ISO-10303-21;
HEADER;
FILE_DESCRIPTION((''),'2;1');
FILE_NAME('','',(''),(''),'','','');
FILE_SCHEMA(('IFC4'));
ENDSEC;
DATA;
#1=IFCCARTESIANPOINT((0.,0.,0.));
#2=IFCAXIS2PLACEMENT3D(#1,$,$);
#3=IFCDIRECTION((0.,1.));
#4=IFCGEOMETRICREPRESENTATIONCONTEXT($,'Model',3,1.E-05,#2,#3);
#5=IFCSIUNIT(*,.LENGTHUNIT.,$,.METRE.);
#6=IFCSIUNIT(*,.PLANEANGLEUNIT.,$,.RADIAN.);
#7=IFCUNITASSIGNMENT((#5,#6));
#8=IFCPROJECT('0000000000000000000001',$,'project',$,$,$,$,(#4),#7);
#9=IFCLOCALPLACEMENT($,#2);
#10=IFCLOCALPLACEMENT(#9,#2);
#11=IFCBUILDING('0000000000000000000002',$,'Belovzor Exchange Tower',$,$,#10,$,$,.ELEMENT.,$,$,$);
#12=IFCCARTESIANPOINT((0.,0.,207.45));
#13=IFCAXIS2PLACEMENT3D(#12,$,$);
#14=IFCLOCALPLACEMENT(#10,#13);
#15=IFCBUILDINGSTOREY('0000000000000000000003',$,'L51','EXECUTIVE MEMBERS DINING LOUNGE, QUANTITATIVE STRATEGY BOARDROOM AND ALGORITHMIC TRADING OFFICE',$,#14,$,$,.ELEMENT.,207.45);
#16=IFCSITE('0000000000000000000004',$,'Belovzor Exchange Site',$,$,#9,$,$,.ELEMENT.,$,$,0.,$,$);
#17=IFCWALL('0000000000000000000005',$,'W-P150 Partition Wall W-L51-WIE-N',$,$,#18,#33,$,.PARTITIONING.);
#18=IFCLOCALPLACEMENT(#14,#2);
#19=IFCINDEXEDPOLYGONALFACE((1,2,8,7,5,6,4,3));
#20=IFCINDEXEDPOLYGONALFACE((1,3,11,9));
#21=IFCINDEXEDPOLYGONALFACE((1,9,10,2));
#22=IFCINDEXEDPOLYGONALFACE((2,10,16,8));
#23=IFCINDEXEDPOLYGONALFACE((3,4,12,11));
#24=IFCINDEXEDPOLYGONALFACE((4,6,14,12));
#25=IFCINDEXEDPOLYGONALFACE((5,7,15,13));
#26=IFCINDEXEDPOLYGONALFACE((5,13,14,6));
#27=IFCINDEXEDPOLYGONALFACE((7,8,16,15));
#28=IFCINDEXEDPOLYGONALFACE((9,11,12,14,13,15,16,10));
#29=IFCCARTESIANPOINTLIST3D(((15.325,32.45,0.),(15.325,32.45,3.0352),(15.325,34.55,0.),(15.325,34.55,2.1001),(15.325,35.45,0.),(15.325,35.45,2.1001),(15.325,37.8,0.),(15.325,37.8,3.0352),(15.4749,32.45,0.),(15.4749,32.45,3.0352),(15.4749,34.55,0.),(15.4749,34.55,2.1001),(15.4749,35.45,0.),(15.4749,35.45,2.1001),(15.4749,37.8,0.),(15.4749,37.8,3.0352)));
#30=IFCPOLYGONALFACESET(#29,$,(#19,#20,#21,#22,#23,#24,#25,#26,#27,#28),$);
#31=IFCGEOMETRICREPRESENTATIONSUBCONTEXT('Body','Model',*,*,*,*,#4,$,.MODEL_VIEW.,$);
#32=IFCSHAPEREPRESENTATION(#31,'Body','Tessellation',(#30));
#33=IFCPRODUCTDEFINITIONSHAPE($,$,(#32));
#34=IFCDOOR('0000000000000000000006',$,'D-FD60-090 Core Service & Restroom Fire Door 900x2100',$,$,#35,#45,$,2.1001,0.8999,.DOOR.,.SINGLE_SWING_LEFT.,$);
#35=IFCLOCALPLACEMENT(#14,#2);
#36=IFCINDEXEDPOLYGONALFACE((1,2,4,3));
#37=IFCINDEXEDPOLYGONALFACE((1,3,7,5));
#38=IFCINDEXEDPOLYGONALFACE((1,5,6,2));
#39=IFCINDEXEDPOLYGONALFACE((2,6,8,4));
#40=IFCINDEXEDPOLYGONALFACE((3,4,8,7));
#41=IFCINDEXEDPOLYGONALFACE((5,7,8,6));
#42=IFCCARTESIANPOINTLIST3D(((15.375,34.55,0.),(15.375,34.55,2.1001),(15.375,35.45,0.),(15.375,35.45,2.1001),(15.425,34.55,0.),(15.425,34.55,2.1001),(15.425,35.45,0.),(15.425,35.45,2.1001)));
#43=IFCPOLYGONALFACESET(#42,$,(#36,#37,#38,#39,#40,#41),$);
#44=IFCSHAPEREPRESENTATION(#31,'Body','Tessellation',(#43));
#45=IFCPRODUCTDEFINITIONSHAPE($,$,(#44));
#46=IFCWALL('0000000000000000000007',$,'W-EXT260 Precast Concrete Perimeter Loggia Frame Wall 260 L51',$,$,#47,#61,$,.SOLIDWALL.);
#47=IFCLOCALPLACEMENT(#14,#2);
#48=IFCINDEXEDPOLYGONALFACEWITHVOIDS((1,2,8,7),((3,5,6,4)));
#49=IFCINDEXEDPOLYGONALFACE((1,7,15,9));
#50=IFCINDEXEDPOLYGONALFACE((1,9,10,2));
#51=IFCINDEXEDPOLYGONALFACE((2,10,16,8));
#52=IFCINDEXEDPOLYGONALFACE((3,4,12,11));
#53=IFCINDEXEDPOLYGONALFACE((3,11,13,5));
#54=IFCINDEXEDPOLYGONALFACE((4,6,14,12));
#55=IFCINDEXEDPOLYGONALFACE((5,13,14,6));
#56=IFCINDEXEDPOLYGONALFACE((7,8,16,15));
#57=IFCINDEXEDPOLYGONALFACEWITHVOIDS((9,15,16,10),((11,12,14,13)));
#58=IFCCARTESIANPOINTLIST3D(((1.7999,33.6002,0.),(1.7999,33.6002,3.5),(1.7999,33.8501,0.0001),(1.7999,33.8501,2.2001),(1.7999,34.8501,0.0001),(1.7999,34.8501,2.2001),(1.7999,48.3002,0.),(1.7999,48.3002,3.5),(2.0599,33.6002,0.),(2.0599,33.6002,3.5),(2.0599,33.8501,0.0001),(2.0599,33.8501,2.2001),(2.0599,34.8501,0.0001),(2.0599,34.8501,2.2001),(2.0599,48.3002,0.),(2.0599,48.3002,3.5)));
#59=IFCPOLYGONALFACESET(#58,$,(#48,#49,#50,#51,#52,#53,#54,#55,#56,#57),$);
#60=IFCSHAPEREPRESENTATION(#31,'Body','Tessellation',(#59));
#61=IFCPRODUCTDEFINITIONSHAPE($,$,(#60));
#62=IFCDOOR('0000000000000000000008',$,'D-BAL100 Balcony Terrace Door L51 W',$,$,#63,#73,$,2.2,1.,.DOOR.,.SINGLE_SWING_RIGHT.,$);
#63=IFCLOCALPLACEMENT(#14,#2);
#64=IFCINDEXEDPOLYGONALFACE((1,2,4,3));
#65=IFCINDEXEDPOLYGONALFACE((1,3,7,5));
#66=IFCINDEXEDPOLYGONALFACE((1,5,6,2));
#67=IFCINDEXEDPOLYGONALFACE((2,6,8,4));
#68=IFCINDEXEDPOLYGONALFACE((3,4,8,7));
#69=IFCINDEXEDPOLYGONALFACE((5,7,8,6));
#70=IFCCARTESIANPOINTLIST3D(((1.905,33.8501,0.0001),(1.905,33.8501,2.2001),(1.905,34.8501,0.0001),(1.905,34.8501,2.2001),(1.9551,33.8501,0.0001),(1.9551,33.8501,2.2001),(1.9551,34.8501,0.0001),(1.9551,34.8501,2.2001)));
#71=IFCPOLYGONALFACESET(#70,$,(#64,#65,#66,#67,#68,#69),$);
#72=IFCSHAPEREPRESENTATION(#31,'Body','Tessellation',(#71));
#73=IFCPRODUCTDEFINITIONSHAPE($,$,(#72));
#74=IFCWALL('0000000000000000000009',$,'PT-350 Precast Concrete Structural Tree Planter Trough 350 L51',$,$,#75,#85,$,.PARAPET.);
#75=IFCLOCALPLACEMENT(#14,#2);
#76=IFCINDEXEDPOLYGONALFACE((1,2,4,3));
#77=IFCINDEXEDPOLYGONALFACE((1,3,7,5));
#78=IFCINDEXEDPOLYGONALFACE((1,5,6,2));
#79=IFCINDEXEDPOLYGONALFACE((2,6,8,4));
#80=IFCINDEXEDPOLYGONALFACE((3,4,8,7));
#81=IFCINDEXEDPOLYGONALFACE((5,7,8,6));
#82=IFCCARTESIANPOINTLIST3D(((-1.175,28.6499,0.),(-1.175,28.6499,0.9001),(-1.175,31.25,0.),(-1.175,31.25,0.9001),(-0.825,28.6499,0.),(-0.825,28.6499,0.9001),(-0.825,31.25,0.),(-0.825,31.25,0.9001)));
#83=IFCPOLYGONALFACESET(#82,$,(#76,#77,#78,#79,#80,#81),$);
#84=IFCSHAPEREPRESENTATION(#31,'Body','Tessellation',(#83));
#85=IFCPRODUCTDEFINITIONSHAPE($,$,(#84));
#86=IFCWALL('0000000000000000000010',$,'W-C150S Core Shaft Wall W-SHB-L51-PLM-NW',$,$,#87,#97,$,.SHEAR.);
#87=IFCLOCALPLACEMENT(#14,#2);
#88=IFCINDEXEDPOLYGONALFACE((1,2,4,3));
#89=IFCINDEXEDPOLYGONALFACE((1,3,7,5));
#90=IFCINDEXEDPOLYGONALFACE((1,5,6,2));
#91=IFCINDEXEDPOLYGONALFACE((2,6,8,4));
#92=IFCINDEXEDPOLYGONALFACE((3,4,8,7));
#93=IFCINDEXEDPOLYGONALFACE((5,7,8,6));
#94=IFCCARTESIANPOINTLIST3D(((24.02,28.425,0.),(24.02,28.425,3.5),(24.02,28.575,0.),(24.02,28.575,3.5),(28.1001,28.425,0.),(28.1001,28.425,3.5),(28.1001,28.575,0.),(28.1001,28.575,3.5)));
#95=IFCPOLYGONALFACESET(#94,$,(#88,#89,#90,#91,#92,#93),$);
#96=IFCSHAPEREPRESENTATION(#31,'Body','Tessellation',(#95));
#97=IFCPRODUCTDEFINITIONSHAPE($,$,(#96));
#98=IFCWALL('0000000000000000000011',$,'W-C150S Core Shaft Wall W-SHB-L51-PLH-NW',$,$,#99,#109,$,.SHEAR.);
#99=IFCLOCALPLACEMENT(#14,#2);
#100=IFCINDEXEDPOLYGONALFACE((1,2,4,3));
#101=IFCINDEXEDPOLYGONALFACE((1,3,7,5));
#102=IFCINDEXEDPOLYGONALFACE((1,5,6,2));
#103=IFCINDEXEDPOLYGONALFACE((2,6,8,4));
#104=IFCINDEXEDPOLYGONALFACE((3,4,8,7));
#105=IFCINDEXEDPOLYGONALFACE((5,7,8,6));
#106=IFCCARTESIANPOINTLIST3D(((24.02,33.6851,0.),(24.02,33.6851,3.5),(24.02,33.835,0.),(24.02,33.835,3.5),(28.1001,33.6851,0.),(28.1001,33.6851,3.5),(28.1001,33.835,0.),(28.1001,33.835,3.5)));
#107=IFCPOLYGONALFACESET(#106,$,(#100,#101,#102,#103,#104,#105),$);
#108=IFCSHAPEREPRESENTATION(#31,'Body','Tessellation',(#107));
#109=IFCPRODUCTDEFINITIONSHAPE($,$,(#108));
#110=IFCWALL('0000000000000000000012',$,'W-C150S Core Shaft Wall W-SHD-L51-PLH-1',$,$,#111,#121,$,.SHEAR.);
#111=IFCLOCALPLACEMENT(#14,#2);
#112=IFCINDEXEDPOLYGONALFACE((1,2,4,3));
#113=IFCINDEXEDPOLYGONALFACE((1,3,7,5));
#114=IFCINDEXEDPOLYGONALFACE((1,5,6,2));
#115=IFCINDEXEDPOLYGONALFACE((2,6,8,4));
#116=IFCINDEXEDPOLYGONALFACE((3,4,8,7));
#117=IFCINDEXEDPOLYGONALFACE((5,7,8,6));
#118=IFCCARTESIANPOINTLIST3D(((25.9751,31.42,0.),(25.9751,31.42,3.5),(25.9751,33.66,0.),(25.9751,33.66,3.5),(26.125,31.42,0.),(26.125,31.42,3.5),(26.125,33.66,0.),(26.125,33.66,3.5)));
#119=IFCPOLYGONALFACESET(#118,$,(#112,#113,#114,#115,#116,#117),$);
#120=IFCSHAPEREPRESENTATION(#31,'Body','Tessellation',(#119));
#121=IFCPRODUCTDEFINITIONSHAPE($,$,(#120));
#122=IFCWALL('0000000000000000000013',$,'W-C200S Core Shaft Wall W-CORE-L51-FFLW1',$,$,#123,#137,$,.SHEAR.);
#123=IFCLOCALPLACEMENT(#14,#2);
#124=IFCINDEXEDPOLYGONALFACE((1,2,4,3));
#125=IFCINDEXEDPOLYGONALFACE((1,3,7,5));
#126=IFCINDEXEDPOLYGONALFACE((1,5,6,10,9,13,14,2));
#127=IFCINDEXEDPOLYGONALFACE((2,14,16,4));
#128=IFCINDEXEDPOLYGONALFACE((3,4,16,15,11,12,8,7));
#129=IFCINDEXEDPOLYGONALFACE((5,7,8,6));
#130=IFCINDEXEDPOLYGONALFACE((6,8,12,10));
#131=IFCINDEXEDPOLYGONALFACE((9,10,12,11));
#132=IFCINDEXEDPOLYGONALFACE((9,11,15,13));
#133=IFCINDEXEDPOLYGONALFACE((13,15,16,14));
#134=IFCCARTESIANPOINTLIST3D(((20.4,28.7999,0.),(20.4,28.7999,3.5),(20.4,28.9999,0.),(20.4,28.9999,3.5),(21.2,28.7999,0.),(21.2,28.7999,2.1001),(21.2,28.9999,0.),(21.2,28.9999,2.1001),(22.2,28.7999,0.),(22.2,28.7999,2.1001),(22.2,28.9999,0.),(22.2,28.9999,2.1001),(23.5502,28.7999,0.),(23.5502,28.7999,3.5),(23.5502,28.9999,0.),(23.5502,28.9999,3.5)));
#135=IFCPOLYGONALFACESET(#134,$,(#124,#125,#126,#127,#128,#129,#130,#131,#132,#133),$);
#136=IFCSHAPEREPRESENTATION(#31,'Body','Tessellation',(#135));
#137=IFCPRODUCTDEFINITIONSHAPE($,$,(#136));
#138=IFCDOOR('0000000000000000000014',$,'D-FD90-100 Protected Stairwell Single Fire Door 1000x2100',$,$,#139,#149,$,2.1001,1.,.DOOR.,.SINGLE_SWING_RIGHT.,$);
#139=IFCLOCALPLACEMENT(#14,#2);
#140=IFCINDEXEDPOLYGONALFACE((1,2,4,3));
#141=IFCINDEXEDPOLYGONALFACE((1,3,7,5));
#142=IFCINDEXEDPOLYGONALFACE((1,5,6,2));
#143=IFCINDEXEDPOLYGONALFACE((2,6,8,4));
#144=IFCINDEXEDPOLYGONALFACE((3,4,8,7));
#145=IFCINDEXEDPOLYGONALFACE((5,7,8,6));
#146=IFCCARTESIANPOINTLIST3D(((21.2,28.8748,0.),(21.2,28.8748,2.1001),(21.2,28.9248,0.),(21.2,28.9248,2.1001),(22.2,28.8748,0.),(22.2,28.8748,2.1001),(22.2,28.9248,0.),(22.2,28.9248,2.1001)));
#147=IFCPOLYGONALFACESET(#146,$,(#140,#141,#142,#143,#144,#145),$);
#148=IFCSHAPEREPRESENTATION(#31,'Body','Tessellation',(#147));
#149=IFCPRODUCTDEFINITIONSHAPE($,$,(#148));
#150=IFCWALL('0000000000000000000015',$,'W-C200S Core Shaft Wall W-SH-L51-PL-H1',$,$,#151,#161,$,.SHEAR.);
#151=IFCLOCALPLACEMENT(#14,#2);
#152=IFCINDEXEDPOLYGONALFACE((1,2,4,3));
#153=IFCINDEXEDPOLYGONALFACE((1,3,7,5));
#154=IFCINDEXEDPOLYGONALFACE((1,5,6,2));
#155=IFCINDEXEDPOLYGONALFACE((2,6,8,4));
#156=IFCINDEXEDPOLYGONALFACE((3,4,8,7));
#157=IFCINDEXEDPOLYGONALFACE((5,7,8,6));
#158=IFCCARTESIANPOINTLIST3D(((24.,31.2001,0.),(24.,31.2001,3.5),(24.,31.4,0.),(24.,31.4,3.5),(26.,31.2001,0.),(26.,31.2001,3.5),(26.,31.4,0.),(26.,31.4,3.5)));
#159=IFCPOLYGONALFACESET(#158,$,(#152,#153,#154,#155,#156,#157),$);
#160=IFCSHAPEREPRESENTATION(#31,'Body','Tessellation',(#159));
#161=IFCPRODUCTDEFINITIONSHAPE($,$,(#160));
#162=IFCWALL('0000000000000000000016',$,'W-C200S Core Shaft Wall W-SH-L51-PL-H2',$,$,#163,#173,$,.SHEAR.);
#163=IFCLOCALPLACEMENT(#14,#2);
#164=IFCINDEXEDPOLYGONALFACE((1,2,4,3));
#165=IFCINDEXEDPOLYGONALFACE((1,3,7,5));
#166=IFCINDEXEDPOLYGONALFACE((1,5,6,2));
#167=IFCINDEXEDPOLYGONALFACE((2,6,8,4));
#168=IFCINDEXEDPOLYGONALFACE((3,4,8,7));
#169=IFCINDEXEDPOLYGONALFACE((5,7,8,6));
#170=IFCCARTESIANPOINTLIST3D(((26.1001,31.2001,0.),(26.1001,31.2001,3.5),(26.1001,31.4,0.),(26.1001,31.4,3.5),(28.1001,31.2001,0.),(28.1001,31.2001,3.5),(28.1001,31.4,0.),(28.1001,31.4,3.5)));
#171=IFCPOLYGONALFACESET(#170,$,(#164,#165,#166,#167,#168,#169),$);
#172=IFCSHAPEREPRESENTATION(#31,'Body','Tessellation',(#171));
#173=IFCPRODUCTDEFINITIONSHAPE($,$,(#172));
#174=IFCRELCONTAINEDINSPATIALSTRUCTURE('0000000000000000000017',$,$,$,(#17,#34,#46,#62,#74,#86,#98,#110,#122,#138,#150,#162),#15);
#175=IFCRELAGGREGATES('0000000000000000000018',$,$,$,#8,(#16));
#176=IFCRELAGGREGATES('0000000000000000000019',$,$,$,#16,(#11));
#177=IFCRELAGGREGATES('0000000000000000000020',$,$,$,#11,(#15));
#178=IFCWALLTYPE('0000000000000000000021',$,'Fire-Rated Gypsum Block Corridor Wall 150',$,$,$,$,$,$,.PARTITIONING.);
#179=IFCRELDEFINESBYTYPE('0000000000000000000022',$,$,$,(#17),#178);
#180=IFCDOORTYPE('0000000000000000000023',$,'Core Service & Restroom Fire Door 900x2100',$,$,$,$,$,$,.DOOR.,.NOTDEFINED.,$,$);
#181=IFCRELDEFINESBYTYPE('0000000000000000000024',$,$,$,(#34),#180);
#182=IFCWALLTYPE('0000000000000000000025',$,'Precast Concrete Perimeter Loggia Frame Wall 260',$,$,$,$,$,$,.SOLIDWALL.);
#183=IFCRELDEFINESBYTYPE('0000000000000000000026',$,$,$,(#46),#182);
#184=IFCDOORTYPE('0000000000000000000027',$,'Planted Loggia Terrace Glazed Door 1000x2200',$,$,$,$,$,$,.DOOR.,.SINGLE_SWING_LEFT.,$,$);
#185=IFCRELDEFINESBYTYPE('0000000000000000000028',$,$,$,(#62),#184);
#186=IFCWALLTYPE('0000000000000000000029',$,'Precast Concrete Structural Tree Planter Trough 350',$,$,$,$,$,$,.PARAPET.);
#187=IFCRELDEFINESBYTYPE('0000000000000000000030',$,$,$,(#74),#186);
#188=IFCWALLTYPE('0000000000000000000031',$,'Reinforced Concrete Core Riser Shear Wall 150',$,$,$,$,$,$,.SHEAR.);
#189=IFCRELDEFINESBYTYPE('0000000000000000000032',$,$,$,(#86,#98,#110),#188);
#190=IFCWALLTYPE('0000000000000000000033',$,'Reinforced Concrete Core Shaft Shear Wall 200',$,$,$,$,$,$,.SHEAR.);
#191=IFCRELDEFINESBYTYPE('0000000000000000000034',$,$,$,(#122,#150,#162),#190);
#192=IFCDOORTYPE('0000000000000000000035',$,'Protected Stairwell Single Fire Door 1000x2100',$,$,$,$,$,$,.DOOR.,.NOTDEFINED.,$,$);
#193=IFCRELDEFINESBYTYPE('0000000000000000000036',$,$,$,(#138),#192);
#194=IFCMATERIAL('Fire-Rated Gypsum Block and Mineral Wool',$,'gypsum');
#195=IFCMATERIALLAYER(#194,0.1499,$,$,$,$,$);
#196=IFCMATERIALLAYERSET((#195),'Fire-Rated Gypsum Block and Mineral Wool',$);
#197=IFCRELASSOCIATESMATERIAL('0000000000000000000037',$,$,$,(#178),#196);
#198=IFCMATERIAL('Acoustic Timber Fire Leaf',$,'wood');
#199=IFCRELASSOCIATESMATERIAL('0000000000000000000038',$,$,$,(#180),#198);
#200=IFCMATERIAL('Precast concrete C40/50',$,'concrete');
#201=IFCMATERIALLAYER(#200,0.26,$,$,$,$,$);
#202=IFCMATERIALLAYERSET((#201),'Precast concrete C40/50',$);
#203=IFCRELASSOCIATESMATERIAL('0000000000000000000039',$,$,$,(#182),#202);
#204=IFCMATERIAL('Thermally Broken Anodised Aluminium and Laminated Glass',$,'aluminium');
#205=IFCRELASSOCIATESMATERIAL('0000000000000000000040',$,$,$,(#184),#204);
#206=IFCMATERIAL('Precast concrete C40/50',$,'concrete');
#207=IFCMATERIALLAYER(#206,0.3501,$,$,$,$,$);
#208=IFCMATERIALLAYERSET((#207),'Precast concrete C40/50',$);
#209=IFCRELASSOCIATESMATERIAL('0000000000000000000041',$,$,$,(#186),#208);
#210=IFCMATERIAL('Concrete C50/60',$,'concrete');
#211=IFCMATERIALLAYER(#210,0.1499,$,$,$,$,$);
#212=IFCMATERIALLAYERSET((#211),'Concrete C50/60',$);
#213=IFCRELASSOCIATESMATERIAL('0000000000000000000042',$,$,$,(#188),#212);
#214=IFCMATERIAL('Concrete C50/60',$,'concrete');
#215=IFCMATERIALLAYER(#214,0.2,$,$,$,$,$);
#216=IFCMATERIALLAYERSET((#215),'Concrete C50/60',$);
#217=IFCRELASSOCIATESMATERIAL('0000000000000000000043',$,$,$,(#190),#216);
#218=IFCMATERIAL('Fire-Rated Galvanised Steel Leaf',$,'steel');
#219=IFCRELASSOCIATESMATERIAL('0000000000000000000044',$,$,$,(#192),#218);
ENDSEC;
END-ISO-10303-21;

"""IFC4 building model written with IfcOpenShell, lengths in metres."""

from ifc_helpers import new_model, si_unit, direction, frame, frame_2d, origin, place, context, subcontext, project, spatial, rectangle, extrude, material, layer, layer_set, type_object, element, fill, save


model = new_model("IFC4")

# Units and contexts
model_context = context("Model", 3, precision=1e-05, world=origin(), true_north=direction((0.0, 1.0)))
body_context = subcontext(model_context, "Body", "Model", "MODEL_VIEW")
ifc_project = project(units=[si_unit("LENGTHUNIT", "METRE"), si_unit("PLANEANGLEUNIT", "RADIAN")], contexts=[model_context])

# Site, building, storey
site_placement = place(None, origin())
site = spatial("IfcSite", under=ifc_project, at=site_placement, Name="Belovzor Exchange Site", CompositionType="ELEMENT", RefElevation=0.0)
building_placement = place(site_placement, origin())
building = spatial("IfcBuilding", under=site, at=building_placement, Name="Belovzor Exchange Tower", CompositionType="ELEMENT")
storey_placement = place(building_placement, frame((0.0, 0.0, 207.45)))
storey = spatial("IfcBuildingStorey", under=building, at=storey_placement, Name="L51", Description="EXECUTIVE MEMBERS DINING LOUNGE, QUANTITATIVE STRATEGY BOARDROOM AND ALGORITHMIC TRADING OFFICE", CompositionType="ELEMENT", Elevation=207.45)

# Shared definitions
ifc_material_1 = material(Name="Fire-Rated Gypsum Block and Mineral Wool", Category="gypsum")
ifc_layer_1 = layer(ifc_material_1, 0.1499)
ifc_layer_set_1 = layer_set([ifc_layer_1], Name="Fire-Rated Gypsum Block and Mineral Wool")
wall_type_1 = type_object("IfcWallType", Name="Fire-Rated Gypsum Block Corridor Wall 150", PredefinedType="PARTITIONING", material=ifc_layer_set_1)

# Walls, openings, doors
wall_1_placement = place(storey_placement, frame((15.3999, 32.45, 0.0), z_axis=(0.0, 0.0, 1.0), x_axis=(0.0, 1.0, 0.0)))
wall_1 = element("IfcWall", 1, at=wall_1_placement, inside=storey, type_object=wall_type_1, Name="W-P150 Partition Wall W-L51-WIE-N", PredefinedType="PARTITIONING", context=body_context, shape_type="SweptSolid", body=[
    extrude(rectangle(XDim=5.3501, YDim=0.1499, at=frame_2d((2.675, 0.0))), origin(), (0.0, 0.0, 1.0), 3.0352),
])
opening_1_placement = place(wall_1_placement, frame((2.1001, 0.0, 0.0)))
opening_1 = element("IfcOpeningElement", 2, at=opening_1_placement, cuts=wall_1, PredefinedType="OPENING", context=body_context, shape_type="SweptSolid", body=[
    extrude(rectangle(XDim=0.8999, YDim=2.1001, at=frame_2d((0.45, 1.05))), frame((0.0, 0.085, 0.0), z_axis=(0.0, -1.0, 0.0), x_axis=(1.0, 0.0, 0.0)), (0.0, 0.0, 1.0), 0.1699),
])
ifc_material_2 = material(Name="Acoustic Timber Fire Leaf", Category="wood")
door_type_1 = type_object("IfcDoorType", Name="Core Service & Restroom Fire Door 900x2100", OperationType="NOTDEFINED", PredefinedType="DOOR", material=ifc_material_2)
door_1_placement = place(opening_1_placement, origin())
door_1 = element("IfcDoor", 3, at=door_1_placement, inside=storey, type_object=door_type_1, Name="D-FD60-090 Core Service & Restroom Fire Door 900x2100", OperationType="SINGLE_SWING_LEFT", OverallHeight=2.1001, OverallWidth=0.8999, PredefinedType="DOOR", context=body_context, shape_type="SweptSolid", body=[
    extrude(rectangle(XDim=0.8999, YDim=2.1001, at=frame_2d((0.45, 1.05))), frame((0.0, 0.0249, 0.0), z_axis=(0.0, -1.0, 0.0), x_axis=(1.0, 0.0, 0.0)), (0.0, 0.0, 1.0), 0.05),
])
fill(opening_1, door_1)
ifc_material_3 = material(Name="Precast concrete C40/50", Category="concrete")
ifc_layer_2 = layer(ifc_material_3, 0.26)
ifc_layer_set_2 = layer_set([ifc_layer_2], Name="Precast concrete C40/50")
wall_type_2 = type_object("IfcWallType", Name="Precast Concrete Perimeter Loggia Frame Wall 260", PredefinedType="SOLIDWALL", material=ifc_layer_set_2)
wall_2_placement = place(storey_placement, frame((1.9299, 33.6001, 0.0), z_axis=(0.0, 0.0, 1.0), x_axis=(0.0, 1.0, 0.0)))
wall_2 = element("IfcWall", 4, at=wall_2_placement, inside=storey, type_object=wall_type_2, Name="W-EXT260 Precast Concrete Perimeter Loggia Frame Wall 260 L51", PredefinedType="SOLIDWALL", context=body_context, shape_type="SweptSolid", body=[
    extrude(rectangle(XDim=14.7, YDim=0.26, at=frame_2d((7.3501, 0.0))), origin(), (0.0, 0.0, 1.0), 3.5),
])
opening_2_placement = place(wall_2_placement, frame((0.25, 0.0, 0.0)))
opening_2 = element("IfcOpeningElement", 5, at=opening_2_placement, cuts=wall_2, PredefinedType="OPENING", context=body_context, shape_type="SweptSolid", body=[
    extrude(rectangle(XDim=1.0, YDim=2.2, at=frame_2d((0.5, 1.1001))), frame((0.0, 0.1399, 0.0), z_axis=(0.0, -1.0, 0.0), x_axis=(1.0, 0.0, 0.0)), (0.0, 0.0, 1.0), 0.28),
])
ifc_material_4 = material(Name="Thermally Broken Anodised Aluminium and Laminated Glass", Category="aluminium")
door_type_2 = type_object("IfcDoorType", Name="Planted Loggia Terrace Glazed Door 1000x2200", OperationType="SINGLE_SWING_LEFT", PredefinedType="DOOR", material=ifc_material_4)
door_2_placement = place(opening_2_placement, origin())
door_2 = element("IfcDoor", 6, at=door_2_placement, inside=storey, type_object=door_type_2, Name="D-BAL100 Balcony Terrace Door L51 W", OperationType="SINGLE_SWING_RIGHT", OverallHeight=2.2, OverallWidth=1.0, PredefinedType="DOOR", context=body_context, shape_type="SweptSolid", body=[
    extrude(rectangle(XDim=1.0, YDim=2.2, at=frame_2d((0.5, 1.1001))), frame((0.0, 0.0249, 0.0), z_axis=(0.0, -1.0, 0.0), x_axis=(1.0, 0.0, 0.0)), (0.0, 0.0, 1.0), 0.05),
])
fill(opening_2, door_2)

# Walls
ifc_material_5 = material(Name="Precast concrete C40/50", Category="concrete")
ifc_layer_3 = layer(ifc_material_5, 0.3501)
ifc_layer_set_3 = layer_set([ifc_layer_3], Name="Precast concrete C40/50")
wall_type_3 = type_object("IfcWallType", Name="Precast Concrete Structural Tree Planter Trough 350", PredefinedType="PARAPET", material=ifc_layer_set_3)
wall_3_placement = place(storey_placement, frame((-1.0, 28.6499, 0.0), z_axis=(0.0, 0.0, 1.0), x_axis=(0.0, 1.0, 0.0)))
element("IfcWall", 7, at=wall_3_placement, inside=storey, type_object=wall_type_3, Name="PT-350 Precast Concrete Structural Tree Planter Trough 350 L51", PredefinedType="PARAPET", context=body_context, shape_type="SweptSolid", body=[
    extrude(rectangle(XDim=2.6001, YDim=0.3501, at=frame_2d((1.3, 0.0))), origin(), (0.0, 0.0, 1.0), 0.9001),
])
ifc_material_6 = material(Name="Concrete C50/60", Category="concrete")
ifc_layer_4 = layer(ifc_material_6, 0.1499)
ifc_layer_set_4 = layer_set([ifc_layer_4], Name="Concrete C50/60")
wall_type_4 = type_object("IfcWallType", Name="Reinforced Concrete Core Riser Shear Wall 150", PredefinedType="SHEAR", material=ifc_layer_set_4)
for number, where, z_axis, x_axis, name in (
    (8, (24.02, 28.5, 0.0), (0.0, 0.0, 1.0), (1.0, 0.0, 0.0), "W-C150S Core Shaft Wall W-SHB-L51-PLM-NW"),
    (9, (24.02, 33.76, 0.0), (0.0, 0.0, 1.0), (1.0, 0.0, 0.0), "W-C150S Core Shaft Wall W-SHB-L51-PLH-NW"),
):
    element("IfcWall", number, at=place(storey_placement, frame(where, z_axis=z_axis, x_axis=x_axis)), inside=storey, type_object=wall_type_4, Name=name, PredefinedType="SHEAR", context=body_context, shape_type="SweptSolid", body=[
        extrude(rectangle(XDim=4.0801, YDim=0.1499, at=frame_2d((2.04, 0.0))), origin(), (0.0, 0.0, 1.0), 3.5),
    ])
wall_4_placement = place(storey_placement, frame((26.05, 31.4199, 0.0), z_axis=(0.0, 0.0, 1.0), x_axis=(0.0, 1.0, 0.0)))
element("IfcWall", 10, at=wall_4_placement, inside=storey, type_object=wall_type_4, Name="W-C150S Core Shaft Wall W-SHD-L51-PLH-1", PredefinedType="SHEAR", context=body_context, shape_type="SweptSolid", body=[
    extrude(rectangle(XDim=2.24, YDim=0.1499, at=frame_2d((1.1201, 0.0))), origin(), (0.0, 0.0, 1.0), 3.5),
])

# Wall, opening, door
ifc_material_7 = material(Name="Concrete C50/60", Category="concrete")
ifc_layer_5 = layer(ifc_material_7, 0.2)
ifc_layer_set_5 = layer_set([ifc_layer_5], Name="Concrete C50/60")
wall_type_5 = type_object("IfcWallType", Name="Reinforced Concrete Core Shaft Shear Wall 200", PredefinedType="SHEAR", material=ifc_layer_set_5)
wall_5_placement = place(storey_placement, frame((20.3999, 28.8999, 0.0), z_axis=(0.0, 0.0, 1.0), x_axis=(1.0, 0.0, 0.0)))
wall_5 = element("IfcWall", 11, at=wall_5_placement, inside=storey, type_object=wall_type_5, Name="W-C200S Core Shaft Wall W-CORE-L51-FFLW1", PredefinedType="SHEAR", context=body_context, shape_type="SweptSolid", body=[
    extrude(rectangle(XDim=3.1501, YDim=0.2, at=frame_2d((1.5752, 0.0))), origin(), (0.0, 0.0, 1.0), 3.5),
])
opening_3_placement = place(wall_5_placement, frame((0.8, 0.0, 0.0)))
opening_3 = element("IfcOpeningElement", 12, at=opening_3_placement, cuts=wall_5, PredefinedType="OPENING", context=body_context, shape_type="SweptSolid", body=[
    extrude(rectangle(XDim=1.0, YDim=2.1001, at=frame_2d((0.5, 1.05))), frame((0.0, 0.1099, 0.0), z_axis=(0.0, -1.0, 0.0), x_axis=(1.0, 0.0, 0.0)), (0.0, 0.0, 1.0), 0.22),
])
ifc_material_8 = material(Name="Fire-Rated Galvanised Steel Leaf", Category="steel")
door_type_3 = type_object("IfcDoorType", Name="Protected Stairwell Single Fire Door 1000x2100", OperationType="NOTDEFINED", PredefinedType="DOOR", material=ifc_material_8)
door_3_placement = place(opening_3_placement, origin())
door_3 = element("IfcDoor", 13, at=door_3_placement, inside=storey, type_object=door_type_3, Name="D-FD90-100 Protected Stairwell Single Fire Door 1000x2100", OperationType="SINGLE_SWING_RIGHT", OverallHeight=2.1001, OverallWidth=1.0, PredefinedType="DOOR", context=body_context, shape_type="SweptSolid", body=[
    extrude(rectangle(XDim=1.0, YDim=2.1001, at=frame_2d((0.5, 1.05))), frame((0.0, 0.0249, 0.0), z_axis=(0.0, -1.0, 0.0), x_axis=(1.0, 0.0, 0.0)), (0.0, 0.0, 1.0), 0.05),
])
fill(opening_3, door_3)

# Walls
for number, where, z_axis, x_axis, name in (
    (14, (24.0, 31.3, 0.0), (0.0, 0.0, 1.0), (1.0, 0.0, 0.0), "W-C200S Core Shaft Wall W-SH-L51-PL-H1"),
    (15, (26.1001, 31.3, 0.0), (0.0, 0.0, 1.0), (1.0, 0.0, 0.0), "W-C200S Core Shaft Wall W-SH-L51-PL-H2"),
):
    element("IfcWall", number, at=place(storey_placement, frame(where, z_axis=z_axis, x_axis=x_axis)), inside=storey, type_object=wall_type_5, Name=name, PredefinedType="SHEAR", context=body_context, shape_type="SweptSolid", body=[
        extrude(rectangle(XDim=2.0, YDim=0.2, at=frame_2d((1.0, 0.0))), origin(), (0.0, 0.0, 1.0), 3.5),
    ])

save(model, "model.ifc")
